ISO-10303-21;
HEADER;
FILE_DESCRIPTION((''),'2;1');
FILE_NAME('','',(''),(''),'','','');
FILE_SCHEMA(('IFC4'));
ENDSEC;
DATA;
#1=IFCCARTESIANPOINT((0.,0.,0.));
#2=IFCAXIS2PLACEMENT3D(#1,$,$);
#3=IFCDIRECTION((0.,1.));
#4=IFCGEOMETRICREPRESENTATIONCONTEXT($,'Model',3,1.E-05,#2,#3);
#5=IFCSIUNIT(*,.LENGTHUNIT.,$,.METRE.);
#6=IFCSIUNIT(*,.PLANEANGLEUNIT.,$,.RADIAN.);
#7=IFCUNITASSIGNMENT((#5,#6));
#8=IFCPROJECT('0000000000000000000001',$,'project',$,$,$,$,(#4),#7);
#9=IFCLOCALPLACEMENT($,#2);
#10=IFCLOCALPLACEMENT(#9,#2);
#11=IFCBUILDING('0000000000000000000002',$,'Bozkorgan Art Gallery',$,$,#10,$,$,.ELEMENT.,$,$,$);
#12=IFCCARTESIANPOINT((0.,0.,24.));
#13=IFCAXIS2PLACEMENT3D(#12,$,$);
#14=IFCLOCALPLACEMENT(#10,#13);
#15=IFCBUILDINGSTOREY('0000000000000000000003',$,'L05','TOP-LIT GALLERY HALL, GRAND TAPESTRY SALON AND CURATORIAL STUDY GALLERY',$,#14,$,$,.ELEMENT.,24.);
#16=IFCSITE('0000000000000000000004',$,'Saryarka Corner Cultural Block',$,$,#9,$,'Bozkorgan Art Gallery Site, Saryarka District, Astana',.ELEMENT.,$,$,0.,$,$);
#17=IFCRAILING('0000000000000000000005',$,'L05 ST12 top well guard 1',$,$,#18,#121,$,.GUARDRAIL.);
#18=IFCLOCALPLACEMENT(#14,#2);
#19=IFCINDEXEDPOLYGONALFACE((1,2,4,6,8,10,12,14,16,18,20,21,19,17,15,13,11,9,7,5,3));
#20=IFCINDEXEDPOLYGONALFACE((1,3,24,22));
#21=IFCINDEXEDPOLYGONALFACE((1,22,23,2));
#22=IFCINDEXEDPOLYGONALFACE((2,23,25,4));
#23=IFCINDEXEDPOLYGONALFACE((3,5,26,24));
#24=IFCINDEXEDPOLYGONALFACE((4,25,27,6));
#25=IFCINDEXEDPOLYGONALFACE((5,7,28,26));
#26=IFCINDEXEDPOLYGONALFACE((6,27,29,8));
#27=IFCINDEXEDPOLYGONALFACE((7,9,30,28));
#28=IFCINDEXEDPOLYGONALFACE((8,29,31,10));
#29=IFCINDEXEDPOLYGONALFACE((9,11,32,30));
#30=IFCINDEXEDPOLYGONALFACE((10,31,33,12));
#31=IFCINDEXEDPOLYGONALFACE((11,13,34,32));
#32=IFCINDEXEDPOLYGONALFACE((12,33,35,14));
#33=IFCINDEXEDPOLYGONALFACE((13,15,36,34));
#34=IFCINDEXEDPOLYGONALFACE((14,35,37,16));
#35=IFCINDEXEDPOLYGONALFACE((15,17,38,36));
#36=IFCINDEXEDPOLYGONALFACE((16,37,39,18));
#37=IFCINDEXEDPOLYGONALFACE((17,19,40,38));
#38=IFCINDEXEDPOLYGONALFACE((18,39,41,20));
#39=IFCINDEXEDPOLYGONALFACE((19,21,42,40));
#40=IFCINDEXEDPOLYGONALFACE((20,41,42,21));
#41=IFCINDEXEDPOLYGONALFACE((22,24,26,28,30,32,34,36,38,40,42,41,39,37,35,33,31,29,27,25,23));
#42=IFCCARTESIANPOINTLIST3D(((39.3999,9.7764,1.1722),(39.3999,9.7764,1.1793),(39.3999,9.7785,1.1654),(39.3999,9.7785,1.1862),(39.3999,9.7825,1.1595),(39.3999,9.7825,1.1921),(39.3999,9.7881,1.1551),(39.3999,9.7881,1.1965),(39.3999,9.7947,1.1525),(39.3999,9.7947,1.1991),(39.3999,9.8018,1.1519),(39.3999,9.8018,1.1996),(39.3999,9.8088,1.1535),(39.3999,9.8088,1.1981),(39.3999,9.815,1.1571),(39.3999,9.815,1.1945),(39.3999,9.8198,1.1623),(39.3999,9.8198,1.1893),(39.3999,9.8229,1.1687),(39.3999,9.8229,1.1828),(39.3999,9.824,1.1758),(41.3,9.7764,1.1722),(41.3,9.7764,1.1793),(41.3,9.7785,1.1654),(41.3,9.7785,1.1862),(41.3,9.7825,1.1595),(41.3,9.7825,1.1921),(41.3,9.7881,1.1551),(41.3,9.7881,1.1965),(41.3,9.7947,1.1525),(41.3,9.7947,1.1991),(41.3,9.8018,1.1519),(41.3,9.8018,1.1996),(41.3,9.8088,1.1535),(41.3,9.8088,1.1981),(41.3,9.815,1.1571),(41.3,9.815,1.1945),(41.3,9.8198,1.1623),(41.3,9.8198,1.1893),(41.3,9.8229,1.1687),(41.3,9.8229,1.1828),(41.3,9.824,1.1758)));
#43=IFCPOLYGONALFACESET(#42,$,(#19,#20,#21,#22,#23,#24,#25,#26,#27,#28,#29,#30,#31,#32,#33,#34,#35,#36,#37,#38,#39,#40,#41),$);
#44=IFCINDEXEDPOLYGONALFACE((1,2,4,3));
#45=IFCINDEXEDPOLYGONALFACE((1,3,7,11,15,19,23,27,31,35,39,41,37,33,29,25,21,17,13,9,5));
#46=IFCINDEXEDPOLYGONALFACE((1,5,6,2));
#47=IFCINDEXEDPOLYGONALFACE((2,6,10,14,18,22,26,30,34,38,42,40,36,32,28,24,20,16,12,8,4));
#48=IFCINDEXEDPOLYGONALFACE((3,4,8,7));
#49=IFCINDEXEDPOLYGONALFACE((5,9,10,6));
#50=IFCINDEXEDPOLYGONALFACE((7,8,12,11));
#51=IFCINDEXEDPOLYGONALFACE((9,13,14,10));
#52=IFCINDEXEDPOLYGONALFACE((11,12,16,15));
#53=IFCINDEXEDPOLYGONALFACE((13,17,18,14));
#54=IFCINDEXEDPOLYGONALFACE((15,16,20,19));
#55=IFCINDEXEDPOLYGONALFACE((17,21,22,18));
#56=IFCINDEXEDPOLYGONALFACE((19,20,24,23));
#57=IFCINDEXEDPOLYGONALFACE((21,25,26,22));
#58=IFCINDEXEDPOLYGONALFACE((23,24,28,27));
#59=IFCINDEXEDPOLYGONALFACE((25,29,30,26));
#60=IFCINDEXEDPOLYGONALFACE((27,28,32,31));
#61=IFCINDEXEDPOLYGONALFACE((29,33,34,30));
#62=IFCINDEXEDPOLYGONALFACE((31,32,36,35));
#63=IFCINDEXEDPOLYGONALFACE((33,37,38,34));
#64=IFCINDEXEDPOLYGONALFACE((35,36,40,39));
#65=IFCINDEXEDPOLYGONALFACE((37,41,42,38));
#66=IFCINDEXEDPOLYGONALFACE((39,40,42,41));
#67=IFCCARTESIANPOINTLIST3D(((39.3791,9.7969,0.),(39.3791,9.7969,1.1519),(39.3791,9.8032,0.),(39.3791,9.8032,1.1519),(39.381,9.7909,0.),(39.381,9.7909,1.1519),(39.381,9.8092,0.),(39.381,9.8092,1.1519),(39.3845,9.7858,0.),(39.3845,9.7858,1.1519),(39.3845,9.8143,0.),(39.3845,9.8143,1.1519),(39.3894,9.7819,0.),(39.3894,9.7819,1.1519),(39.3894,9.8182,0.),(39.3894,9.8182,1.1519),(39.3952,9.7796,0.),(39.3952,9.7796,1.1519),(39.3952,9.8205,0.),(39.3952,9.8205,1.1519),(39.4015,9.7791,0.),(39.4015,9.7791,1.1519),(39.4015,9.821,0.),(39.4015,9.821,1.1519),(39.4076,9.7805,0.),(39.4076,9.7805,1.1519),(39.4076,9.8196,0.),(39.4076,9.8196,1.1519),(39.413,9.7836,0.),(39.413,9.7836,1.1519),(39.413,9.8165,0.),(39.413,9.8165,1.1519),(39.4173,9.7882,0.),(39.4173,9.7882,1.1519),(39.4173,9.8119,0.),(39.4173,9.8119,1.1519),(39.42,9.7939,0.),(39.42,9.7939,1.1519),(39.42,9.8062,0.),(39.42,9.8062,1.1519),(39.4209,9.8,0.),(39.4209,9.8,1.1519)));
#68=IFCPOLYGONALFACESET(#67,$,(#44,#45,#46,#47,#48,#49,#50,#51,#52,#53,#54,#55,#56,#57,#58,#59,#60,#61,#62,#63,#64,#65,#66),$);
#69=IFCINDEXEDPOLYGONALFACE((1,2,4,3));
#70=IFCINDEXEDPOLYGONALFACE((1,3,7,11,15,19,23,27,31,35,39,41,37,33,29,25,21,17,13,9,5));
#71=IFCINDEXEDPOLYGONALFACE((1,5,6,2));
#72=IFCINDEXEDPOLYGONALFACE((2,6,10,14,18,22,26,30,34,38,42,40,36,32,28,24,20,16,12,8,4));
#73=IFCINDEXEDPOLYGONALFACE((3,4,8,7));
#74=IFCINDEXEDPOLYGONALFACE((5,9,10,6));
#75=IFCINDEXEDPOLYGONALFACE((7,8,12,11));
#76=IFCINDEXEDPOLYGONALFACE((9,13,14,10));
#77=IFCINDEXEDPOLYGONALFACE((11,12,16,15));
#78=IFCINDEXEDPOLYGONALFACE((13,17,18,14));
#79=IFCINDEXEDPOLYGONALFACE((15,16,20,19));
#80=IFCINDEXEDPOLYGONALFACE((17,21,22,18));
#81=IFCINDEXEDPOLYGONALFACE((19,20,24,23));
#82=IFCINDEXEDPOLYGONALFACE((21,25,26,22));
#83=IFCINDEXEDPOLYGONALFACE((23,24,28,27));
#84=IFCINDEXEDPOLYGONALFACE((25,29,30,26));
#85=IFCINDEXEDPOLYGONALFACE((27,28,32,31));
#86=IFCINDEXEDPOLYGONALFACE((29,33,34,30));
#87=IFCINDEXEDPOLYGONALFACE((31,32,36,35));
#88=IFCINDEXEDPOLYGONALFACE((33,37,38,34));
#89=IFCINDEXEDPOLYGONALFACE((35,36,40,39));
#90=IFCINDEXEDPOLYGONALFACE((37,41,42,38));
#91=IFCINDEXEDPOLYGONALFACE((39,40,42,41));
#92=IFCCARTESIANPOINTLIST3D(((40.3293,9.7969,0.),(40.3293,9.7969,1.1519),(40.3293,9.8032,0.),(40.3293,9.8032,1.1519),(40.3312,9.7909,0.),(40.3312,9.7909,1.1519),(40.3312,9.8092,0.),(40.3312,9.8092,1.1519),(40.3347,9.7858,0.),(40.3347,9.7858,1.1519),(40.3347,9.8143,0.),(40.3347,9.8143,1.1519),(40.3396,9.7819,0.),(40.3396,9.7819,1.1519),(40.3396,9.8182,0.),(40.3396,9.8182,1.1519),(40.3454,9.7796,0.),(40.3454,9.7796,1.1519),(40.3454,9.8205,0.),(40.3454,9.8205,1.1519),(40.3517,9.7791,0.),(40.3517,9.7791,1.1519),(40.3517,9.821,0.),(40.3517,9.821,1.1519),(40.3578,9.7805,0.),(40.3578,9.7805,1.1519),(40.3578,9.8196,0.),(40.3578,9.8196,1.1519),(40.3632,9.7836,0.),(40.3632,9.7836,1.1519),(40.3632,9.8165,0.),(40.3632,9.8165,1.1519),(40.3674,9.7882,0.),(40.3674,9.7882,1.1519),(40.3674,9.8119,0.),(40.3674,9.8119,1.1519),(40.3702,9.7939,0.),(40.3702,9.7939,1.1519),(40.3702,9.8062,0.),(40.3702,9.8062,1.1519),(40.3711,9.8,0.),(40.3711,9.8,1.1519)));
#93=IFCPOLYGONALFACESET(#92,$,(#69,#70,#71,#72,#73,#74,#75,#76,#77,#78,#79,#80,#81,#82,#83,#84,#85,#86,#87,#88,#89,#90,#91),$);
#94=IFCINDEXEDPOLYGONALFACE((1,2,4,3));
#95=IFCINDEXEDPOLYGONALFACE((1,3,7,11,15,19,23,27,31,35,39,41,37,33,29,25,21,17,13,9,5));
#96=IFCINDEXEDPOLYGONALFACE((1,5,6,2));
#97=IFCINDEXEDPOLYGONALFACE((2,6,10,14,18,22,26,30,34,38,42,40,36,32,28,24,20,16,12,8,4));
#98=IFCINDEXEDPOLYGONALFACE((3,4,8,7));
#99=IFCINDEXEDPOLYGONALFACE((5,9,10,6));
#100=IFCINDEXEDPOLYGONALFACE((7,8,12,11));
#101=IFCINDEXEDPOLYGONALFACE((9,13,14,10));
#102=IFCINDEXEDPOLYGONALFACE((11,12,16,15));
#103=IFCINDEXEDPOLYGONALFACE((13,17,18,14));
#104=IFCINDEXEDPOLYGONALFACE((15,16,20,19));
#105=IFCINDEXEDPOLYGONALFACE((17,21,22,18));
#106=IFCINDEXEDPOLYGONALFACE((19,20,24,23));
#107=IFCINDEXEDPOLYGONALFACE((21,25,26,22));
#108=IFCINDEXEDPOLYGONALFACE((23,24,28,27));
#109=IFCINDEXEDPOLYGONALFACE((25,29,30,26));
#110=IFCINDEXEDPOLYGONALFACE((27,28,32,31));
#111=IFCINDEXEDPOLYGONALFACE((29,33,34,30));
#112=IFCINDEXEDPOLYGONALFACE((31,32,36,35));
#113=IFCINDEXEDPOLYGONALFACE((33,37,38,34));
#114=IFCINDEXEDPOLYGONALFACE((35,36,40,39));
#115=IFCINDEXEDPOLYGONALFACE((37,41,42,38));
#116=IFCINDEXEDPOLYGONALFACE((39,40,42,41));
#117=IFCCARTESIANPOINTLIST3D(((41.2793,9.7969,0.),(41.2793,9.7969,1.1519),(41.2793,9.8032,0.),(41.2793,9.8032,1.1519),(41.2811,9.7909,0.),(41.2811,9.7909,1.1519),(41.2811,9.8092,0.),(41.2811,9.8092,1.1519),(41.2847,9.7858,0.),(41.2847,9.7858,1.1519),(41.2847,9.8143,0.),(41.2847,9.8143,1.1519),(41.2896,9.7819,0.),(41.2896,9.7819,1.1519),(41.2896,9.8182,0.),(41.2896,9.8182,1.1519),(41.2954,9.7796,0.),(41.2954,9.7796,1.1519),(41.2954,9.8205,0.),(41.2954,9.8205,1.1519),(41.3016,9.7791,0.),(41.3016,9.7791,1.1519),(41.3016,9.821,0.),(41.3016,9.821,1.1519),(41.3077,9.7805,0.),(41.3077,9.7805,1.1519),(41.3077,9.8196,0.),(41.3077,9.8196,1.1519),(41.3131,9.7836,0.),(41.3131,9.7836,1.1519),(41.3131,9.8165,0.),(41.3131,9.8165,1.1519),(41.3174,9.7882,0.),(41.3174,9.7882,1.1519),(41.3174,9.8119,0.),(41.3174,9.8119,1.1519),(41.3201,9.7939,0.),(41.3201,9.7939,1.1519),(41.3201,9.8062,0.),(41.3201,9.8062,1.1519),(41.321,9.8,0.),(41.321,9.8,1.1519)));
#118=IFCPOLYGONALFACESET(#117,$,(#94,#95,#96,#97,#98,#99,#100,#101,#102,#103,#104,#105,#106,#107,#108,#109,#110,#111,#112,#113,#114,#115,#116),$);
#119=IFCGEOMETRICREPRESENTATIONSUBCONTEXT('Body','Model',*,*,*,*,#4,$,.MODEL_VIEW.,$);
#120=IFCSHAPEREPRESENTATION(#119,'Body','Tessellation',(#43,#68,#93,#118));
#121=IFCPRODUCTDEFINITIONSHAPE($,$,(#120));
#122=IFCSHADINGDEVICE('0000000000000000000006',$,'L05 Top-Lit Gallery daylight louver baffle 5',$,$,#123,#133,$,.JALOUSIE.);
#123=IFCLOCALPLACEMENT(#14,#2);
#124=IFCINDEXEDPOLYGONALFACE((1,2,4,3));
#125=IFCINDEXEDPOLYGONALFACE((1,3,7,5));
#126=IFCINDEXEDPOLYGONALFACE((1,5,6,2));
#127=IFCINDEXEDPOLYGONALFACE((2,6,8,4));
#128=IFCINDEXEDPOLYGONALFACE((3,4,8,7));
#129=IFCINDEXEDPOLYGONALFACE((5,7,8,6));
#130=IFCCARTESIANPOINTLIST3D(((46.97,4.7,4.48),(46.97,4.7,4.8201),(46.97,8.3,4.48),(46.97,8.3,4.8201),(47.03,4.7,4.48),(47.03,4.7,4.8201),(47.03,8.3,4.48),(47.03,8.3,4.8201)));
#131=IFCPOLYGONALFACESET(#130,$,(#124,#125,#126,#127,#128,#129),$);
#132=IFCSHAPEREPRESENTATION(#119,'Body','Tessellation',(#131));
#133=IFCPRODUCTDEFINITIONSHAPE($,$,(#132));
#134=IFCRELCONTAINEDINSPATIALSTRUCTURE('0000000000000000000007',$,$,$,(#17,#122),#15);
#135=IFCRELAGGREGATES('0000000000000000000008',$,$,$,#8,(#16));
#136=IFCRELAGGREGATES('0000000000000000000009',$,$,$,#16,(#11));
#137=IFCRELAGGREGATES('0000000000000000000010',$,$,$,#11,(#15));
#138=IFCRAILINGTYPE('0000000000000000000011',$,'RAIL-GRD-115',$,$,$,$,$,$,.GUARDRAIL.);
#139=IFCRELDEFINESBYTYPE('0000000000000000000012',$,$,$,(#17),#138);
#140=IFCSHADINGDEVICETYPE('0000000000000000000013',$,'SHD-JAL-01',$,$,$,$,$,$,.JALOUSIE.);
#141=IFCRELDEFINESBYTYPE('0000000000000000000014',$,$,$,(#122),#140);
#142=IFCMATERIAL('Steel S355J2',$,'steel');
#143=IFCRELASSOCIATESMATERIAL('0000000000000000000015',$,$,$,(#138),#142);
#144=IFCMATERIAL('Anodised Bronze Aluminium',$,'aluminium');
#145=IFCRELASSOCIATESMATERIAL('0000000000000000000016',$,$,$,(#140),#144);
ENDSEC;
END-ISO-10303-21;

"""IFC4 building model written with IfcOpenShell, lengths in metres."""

from ifc_helpers import new_model, si_unit, direction, frame, origin, origin_2d, place, context, subcontext, project, spatial, rectangle, circle, extrude, material, type_object, element, save


model = new_model("IFC4")

# Units and contexts
model_context = context("Model", 3, precision=1e-05, world=origin(), true_north=direction((0.0, 1.0)))
body_context = subcontext(model_context, "Body", "Model", "MODEL_VIEW")
ifc_project = project(units=[si_unit("LENGTHUNIT", "METRE"), si_unit("PLANEANGLEUNIT", "RADIAN")], contexts=[model_context])

# Site, building, storey
site_placement = place(None, origin())
site = spatial("IfcSite", under=ifc_project, at=site_placement, Name="Saryarka Corner Cultural Block", LongName="Bozkorgan Art Gallery Site, Saryarka District, Astana", CompositionType="ELEMENT", RefElevation=0.0)
building_placement = place(site_placement, origin())
building = spatial("IfcBuilding", under=site, at=building_placement, Name="Bozkorgan Art Gallery", CompositionType="ELEMENT")
storey_placement = place(building_placement, frame((0.0, 0.0, 24.0)))
storey = spatial("IfcBuildingStorey", under=building, at=storey_placement, Name="L05", Description="TOP-LIT GALLERY HALL, GRAND TAPESTRY SALON AND CURATORIAL STUDY GALLERY", CompositionType="ELEMENT", Elevation=24.0)

# Shared definitions
ifc_material_1 = material(Name="Steel S355J2", Category="steel")

# Shared definitions
ifc_material_2 = material(Name="Anodised Bronze Aluminium", Category="aluminium")

# Railing
railing_type = type_object("IfcRailingType", Name="RAIL-GRD-115", PredefinedType="GUARDRAIL", material=ifc_material_1)
railing_placement = place(storey_placement, frame((39.3999, 9.8, 0.0)))
element("IfcRailing", 1, at=railing_placement, inside=storey, type_object=railing_type, Name="L05 ST12 top well guard 1", PredefinedType="GUARDRAIL", context=body_context, shape_type="SweptSolid", body=[
    extrude(circle(Radius=0.0239, at=origin_2d()), frame((0.0, 0.0, 1.1758), z_axis=(1.0, 0.0, 0.0), x_axis=(0.0, 1.0, 0.0)), (0.0, 0.0, 1.0), 1.9001),
    extrude(circle(Radius=0.021, at=origin_2d()), origin(), (0.0, 0.0, 1.0), 1.1519),
    extrude(circle(Radius=0.021, at=origin_2d()), frame((0.9502, 0.0, 0.0)), (0.0, 0.0, 1.0), 1.1519),
    extrude(circle(Radius=0.021, at=origin_2d()), frame((1.9001, 0.0, 0.0)), (0.0, 0.0, 1.0), 1.1519),
])

# Shading device
shading_device_type = type_object("IfcShadingDeviceType", Name="SHD-JAL-01", PredefinedType="JALOUSIE", material=ifc_material_2)
shading_device_placement = place(storey_placement, frame((47.0, 6.5, 4.48), z_axis=(0.0, 0.0, 1.0), x_axis=(1.0, 0.0, 0.0)))
element("IfcShadingDevice", 2, at=shading_device_placement, inside=storey, type_object=shading_device_type, Name="L05 Top-Lit Gallery daylight louver baffle 5", PredefinedType="JALOUSIE", context=body_context, shape_type="SweptSolid", body=[
    extrude(rectangle(XDim=0.0601, YDim=3.6001, at=origin_2d()), origin(), (0.0, 0.0, 1.0), 0.3401),
])

save(model, "model.ifc")
